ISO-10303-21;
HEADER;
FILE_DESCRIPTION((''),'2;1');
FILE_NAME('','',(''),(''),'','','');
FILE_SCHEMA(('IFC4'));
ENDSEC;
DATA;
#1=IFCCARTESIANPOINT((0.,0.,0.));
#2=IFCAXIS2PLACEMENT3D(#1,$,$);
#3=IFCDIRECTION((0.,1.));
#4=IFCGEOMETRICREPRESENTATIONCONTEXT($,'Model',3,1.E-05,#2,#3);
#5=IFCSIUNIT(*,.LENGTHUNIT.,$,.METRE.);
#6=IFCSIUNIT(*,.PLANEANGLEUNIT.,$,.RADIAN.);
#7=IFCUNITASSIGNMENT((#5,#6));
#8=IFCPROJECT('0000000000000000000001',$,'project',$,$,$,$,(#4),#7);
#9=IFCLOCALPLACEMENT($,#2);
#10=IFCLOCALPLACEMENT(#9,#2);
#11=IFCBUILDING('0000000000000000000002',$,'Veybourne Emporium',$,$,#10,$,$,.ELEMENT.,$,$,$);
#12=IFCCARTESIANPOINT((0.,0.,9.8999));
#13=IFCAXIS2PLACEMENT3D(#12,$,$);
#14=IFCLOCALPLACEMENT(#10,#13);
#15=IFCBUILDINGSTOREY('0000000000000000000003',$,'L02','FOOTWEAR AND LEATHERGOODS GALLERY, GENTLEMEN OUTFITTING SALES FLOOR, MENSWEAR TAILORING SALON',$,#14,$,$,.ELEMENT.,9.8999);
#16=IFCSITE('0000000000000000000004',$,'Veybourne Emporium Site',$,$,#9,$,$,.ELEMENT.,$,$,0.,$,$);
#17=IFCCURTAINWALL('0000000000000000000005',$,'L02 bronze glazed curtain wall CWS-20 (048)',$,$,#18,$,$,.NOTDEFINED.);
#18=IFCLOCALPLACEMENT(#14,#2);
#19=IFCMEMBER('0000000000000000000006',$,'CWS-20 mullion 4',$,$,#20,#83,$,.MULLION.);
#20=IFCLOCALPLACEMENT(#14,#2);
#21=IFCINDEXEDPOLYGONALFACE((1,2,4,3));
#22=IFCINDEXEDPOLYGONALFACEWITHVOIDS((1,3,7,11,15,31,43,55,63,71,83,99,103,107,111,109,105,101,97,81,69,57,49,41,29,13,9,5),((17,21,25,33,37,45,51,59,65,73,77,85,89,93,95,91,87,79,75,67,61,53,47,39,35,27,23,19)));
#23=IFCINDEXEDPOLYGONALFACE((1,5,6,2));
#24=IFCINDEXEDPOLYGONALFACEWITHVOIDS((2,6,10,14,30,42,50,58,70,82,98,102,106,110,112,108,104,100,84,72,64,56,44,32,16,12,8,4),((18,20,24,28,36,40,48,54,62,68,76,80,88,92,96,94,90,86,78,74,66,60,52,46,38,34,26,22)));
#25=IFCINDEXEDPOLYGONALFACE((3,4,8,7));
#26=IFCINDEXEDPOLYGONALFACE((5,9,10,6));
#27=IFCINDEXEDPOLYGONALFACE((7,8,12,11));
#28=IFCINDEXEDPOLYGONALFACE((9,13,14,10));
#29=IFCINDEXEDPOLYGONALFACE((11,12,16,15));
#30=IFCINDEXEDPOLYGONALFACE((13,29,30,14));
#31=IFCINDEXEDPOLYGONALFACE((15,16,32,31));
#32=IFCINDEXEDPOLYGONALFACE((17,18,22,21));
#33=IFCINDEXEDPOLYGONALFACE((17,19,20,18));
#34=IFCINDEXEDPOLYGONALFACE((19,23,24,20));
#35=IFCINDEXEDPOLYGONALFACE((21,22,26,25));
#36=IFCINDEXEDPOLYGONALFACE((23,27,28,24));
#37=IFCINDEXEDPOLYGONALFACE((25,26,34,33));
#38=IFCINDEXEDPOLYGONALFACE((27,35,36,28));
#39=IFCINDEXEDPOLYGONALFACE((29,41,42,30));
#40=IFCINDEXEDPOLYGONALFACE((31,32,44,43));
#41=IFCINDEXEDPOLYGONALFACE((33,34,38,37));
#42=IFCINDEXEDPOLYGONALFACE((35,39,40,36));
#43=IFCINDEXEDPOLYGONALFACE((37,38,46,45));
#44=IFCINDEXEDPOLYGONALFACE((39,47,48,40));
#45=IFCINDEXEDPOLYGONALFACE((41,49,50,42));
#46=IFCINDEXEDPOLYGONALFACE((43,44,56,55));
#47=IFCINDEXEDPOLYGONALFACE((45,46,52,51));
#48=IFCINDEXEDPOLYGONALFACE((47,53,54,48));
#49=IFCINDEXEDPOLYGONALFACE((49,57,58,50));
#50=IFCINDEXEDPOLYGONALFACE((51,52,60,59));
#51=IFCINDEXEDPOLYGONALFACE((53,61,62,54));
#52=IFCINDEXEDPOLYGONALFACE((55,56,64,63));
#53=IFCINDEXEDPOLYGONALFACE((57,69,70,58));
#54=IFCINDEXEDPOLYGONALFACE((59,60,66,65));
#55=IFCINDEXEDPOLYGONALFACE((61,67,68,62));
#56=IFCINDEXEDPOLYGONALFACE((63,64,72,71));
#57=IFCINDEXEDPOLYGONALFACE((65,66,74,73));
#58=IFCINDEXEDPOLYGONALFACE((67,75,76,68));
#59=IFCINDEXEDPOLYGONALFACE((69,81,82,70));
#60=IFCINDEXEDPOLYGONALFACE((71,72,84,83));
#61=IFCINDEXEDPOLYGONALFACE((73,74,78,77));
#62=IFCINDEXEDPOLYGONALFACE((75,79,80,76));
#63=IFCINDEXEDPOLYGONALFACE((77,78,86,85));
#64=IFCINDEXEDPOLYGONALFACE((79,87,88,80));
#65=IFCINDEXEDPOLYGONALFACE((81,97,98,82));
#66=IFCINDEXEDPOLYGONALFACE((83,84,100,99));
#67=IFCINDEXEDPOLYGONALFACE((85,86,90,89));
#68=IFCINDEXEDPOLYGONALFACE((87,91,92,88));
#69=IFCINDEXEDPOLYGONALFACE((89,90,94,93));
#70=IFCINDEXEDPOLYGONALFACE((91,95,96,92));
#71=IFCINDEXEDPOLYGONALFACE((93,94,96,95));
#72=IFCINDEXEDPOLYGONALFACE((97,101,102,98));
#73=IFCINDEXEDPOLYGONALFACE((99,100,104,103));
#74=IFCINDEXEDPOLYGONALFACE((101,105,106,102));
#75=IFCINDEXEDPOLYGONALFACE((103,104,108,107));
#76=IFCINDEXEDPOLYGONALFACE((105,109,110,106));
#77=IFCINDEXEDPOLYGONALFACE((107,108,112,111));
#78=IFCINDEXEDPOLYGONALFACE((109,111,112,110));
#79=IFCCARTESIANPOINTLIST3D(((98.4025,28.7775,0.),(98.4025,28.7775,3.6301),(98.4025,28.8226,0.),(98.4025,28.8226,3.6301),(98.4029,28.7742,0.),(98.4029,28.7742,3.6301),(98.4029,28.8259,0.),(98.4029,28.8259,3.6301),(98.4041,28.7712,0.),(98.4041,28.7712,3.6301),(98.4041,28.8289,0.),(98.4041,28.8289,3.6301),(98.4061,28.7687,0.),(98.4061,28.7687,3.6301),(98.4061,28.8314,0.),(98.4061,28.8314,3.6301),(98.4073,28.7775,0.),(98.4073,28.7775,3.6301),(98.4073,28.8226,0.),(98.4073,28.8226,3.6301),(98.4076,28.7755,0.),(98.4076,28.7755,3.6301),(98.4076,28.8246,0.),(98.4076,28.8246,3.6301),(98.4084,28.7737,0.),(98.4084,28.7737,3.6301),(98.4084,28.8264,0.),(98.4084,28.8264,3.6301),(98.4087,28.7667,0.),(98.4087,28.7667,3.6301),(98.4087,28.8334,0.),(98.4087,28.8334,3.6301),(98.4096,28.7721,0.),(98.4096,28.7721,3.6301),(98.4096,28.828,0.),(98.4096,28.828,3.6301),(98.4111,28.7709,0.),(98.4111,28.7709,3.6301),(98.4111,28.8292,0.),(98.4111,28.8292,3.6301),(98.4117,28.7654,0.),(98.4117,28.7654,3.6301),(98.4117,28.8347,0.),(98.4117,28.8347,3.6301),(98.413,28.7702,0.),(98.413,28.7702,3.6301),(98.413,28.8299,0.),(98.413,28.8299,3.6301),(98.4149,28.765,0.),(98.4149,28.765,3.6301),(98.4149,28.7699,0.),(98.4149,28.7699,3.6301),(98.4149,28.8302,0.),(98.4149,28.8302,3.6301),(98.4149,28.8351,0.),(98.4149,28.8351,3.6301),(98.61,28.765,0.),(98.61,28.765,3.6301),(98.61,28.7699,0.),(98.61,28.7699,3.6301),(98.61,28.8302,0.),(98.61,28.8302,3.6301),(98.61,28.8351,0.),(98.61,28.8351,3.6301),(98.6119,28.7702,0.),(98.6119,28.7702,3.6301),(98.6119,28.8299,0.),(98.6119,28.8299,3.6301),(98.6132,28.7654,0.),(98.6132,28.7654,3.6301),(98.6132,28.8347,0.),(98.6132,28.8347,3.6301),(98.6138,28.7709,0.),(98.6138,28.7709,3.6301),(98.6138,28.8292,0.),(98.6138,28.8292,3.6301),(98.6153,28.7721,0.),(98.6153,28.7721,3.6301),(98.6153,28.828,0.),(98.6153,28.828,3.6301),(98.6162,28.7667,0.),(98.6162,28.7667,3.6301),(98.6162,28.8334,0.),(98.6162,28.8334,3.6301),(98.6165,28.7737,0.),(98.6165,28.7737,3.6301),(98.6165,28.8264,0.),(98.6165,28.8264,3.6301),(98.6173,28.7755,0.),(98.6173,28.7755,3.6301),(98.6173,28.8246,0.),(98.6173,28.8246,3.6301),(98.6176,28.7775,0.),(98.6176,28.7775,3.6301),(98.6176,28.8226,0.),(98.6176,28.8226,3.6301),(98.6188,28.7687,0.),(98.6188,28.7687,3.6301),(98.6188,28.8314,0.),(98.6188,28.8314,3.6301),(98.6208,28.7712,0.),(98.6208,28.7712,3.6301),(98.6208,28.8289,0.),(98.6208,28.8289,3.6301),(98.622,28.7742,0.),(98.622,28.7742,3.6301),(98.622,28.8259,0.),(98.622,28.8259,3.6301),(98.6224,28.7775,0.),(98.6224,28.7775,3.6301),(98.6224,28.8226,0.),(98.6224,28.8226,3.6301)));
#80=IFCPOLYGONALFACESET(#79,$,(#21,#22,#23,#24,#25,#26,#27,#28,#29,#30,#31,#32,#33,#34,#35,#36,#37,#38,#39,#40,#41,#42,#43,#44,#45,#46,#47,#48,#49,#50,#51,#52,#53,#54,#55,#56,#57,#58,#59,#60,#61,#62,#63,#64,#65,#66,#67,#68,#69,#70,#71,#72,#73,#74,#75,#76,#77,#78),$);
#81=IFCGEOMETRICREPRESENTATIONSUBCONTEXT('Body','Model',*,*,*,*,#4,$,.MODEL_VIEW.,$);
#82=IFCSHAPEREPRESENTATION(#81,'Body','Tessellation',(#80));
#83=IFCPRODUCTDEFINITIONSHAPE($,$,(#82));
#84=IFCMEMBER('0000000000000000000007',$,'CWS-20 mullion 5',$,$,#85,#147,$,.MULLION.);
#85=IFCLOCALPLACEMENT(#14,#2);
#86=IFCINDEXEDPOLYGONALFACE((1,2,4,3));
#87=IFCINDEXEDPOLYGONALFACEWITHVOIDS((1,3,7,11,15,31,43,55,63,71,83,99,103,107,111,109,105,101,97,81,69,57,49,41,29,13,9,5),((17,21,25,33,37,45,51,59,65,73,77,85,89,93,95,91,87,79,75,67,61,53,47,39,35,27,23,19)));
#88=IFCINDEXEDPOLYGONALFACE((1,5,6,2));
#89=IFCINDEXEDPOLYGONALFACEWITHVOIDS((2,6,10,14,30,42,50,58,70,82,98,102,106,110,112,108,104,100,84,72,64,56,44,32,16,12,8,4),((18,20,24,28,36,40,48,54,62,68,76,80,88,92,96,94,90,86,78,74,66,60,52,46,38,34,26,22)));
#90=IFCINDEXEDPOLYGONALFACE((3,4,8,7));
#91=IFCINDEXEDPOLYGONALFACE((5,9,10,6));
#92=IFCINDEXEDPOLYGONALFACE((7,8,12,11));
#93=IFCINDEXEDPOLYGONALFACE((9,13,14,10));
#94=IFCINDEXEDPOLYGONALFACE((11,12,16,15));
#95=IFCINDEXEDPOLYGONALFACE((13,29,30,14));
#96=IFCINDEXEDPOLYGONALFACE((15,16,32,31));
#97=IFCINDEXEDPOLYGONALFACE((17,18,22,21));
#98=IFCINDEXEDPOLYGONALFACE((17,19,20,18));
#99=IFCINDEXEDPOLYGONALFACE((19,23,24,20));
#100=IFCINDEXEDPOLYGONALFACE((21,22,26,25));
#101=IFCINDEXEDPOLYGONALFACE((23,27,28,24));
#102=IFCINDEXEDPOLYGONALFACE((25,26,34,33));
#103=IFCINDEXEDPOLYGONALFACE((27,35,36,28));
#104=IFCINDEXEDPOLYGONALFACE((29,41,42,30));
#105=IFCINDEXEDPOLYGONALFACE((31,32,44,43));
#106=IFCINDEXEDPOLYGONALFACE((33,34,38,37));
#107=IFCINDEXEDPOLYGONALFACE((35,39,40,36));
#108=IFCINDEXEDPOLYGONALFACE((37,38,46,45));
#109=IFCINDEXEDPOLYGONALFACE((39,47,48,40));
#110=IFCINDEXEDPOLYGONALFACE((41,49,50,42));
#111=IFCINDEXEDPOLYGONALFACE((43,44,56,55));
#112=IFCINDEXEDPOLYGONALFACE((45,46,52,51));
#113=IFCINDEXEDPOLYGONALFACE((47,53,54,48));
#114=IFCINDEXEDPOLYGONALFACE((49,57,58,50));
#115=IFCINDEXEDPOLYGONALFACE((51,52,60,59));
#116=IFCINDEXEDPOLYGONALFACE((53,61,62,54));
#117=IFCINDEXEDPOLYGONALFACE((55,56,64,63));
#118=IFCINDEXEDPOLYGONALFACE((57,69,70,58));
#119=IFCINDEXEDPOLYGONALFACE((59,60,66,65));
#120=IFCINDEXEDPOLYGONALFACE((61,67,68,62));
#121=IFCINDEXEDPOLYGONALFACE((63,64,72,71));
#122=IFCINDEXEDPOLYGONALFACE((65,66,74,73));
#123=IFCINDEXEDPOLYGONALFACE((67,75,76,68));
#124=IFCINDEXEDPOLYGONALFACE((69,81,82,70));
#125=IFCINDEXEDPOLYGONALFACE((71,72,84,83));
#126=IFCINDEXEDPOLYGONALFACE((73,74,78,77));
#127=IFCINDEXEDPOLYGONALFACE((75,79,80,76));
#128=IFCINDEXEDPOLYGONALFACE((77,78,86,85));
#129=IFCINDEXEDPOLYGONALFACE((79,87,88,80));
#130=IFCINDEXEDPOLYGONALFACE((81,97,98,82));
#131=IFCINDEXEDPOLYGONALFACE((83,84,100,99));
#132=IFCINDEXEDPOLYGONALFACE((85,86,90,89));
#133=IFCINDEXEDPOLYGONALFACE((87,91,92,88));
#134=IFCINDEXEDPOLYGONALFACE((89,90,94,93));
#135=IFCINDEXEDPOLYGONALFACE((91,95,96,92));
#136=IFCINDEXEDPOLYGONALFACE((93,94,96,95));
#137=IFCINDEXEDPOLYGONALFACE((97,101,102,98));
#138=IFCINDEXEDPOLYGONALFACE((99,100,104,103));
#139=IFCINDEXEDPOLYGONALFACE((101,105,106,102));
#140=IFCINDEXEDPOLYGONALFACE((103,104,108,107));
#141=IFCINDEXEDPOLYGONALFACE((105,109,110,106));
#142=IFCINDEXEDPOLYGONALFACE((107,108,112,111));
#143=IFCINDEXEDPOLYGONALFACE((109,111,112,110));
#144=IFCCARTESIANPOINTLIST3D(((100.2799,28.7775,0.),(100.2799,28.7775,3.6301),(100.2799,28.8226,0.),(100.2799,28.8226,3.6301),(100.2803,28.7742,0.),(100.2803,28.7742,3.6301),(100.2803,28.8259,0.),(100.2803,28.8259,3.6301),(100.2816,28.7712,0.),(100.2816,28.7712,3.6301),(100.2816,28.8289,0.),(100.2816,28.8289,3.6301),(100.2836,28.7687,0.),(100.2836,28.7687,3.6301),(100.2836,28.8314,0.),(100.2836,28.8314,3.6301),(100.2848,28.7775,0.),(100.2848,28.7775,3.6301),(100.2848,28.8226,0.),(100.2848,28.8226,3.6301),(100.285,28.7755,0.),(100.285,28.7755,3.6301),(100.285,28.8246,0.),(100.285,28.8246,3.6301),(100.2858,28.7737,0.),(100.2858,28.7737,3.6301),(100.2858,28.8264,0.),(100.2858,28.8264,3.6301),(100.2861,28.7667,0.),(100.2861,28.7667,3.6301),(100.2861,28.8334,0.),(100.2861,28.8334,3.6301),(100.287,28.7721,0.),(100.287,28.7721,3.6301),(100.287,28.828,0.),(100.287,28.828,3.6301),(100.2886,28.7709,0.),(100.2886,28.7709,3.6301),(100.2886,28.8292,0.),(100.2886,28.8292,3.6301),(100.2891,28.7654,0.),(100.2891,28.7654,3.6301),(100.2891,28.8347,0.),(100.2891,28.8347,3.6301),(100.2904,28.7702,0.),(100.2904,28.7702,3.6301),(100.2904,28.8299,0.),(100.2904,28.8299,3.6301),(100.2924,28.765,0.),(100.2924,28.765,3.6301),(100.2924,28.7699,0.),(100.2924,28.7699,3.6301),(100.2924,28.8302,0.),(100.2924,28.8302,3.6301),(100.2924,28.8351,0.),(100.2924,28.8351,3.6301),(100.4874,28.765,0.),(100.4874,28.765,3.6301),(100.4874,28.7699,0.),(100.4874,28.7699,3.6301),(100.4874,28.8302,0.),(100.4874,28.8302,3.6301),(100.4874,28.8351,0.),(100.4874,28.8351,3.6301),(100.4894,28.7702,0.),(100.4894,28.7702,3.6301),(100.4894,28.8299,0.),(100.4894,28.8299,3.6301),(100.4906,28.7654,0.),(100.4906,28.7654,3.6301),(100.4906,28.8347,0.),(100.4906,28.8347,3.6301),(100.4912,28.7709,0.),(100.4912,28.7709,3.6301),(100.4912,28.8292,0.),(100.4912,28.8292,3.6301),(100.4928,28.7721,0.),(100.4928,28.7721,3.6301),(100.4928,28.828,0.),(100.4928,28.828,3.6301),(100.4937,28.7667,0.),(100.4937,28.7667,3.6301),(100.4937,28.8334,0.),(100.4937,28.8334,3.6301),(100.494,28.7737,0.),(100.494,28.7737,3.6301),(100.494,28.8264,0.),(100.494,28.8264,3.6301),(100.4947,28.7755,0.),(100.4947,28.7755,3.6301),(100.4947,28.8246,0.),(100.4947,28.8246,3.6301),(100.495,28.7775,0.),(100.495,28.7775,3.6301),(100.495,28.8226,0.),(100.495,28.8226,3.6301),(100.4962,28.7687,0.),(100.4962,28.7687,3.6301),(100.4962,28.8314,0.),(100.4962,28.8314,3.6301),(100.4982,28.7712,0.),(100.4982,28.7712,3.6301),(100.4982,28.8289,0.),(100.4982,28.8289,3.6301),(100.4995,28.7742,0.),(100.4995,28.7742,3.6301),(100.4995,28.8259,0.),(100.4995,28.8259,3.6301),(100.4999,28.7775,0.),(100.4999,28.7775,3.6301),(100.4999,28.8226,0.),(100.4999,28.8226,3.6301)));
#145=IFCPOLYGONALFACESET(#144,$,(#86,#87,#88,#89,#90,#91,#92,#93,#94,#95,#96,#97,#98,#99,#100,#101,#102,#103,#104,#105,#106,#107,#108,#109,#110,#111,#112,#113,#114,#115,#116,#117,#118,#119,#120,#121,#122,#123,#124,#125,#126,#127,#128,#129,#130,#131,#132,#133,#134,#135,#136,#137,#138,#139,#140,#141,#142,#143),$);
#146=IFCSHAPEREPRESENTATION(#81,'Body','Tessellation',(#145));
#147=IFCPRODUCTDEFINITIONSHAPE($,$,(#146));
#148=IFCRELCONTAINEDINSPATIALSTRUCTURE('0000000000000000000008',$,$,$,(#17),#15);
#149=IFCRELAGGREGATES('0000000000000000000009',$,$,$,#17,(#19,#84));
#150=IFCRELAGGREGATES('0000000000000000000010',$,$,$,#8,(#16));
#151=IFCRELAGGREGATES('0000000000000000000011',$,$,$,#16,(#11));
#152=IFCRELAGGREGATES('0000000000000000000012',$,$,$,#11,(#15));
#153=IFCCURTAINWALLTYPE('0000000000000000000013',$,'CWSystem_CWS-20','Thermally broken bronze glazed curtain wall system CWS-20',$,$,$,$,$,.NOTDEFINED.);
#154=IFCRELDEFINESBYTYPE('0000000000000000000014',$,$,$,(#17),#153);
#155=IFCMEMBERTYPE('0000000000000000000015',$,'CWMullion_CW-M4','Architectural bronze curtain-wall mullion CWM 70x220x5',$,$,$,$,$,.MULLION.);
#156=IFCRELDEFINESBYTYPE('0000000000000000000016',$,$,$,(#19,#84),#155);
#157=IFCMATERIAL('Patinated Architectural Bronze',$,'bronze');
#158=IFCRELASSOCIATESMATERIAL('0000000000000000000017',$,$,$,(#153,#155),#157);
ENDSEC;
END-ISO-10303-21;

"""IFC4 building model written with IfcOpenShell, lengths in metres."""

from ifc_helpers import new_model, si_unit, direction, frame, origin, origin_2d, place, context, subcontext, project, spatial, hollow_rectangle, extrude, material, material_profile, profile_set, type_object, element, aggregate, save


model = new_model("IFC4")

# Units and contexts
model_context = context("Model", 3, precision=1e-05, world=origin(), true_north=direction((0.0, 1.0)))
body_context = subcontext(model_context, "Body", "Model", "MODEL_VIEW")
ifc_project = project(units=[si_unit("LENGTHUNIT", "METRE"), si_unit("PLANEANGLEUNIT", "RADIAN")], contexts=[model_context])

# Site, building, storey
site_placement = place(None, origin())
site = spatial("IfcSite", under=ifc_project, at=site_placement, Name="Veybourne Emporium Site", CompositionType="ELEMENT", RefElevation=0.0)
building_placement = place(site_placement, origin())
building = spatial("IfcBuilding", under=site, at=building_placement, Name="Veybourne Emporium", CompositionType="ELEMENT")
storey_placement = place(building_placement, frame((0.0, 0.0, 9.8999)))
storey = spatial("IfcBuildingStorey", under=building, at=storey_placement, Name="L02", Description="FOOTWEAR AND LEATHERGOODS GALLERY, GENTLEMEN OUTFITTING SALES FLOOR, MENSWEAR TAILORING SALON", CompositionType="ELEMENT", Elevation=9.8999)

# Curtain wall, members
ifc_material_1 = material(Name="Patinated Architectural Bronze", Category="bronze")
curtain_wall_type = type_object("IfcCurtainWallType", Name="CWSystem_CWS-20", Description="Thermally broken bronze glazed curtain wall system CWS-20", PredefinedType="NOTDEFINED", material=ifc_material_1)
curtain_wall_placement = place(storey_placement, origin())
curtain_wall = element("IfcCurtainWall", 1, at=curtain_wall_placement, inside=storey, type_object=curtain_wall_type, Name="L02 bronze glazed curtain wall CWS-20 (048)", PredefinedType="NOTDEFINED")
ifc_material_profile_1 = material_profile(ifc_material_1, hollow_rectangle(XDim=0.0701, YDim=0.22, WallThickness=0.0049, InnerFilletRadius=0.0076, OuterFilletRadius=0.0125, at=origin_2d()), Name="CWM 70x220x5")
ifc_profile_set_1 = profile_set([ifc_material_profile_1], Name="Patinated Architectural Bronze")
member_type_1 = type_object("IfcMemberType", Name="CWMullion_CW-M4", Description="Architectural bronze curtain-wall mullion CWM 70x220x5", PredefinedType="MULLION", material=ifc_profile_set_1)
member_1_placement = place(storey_placement, frame((98.5125, 28.8, 0.0), z_axis=(0.0, 0.0, 1.0), x_axis=(0.0, 1.0, 0.0)))
member_1 = element("IfcMember", 2, at=member_1_placement, type_object=member_type_1, Name="CWS-20 mullion 4", PredefinedType="MULLION", context=body_context, shape_type="SweptSolid", body=[
    extrude(hollow_rectangle(XDim=0.0701, YDim=0.22, WallThickness=0.0049, InnerFilletRadius=0.0076, OuterFilletRadius=0.0125, at=origin_2d()), origin(), (0.0, 0.0, 1.0), 3.6301),
])
member_2_placement = place(storey_placement, frame((100.3899, 28.8, 0.0), z_axis=(0.0, 0.0, 1.0), x_axis=(0.0, 1.0, 0.0)))
member_2 = element("IfcMember", 3, at=member_2_placement, type_object=member_type_1, Name="CWS-20 mullion 5", PredefinedType="MULLION", context=body_context, shape_type="SweptSolid", body=[
    extrude(hollow_rectangle(XDim=0.0701, YDim=0.22, WallThickness=0.0049, InnerFilletRadius=0.0076, OuterFilletRadius=0.0125, at=origin_2d()), origin(), (0.0, 0.0, 1.0), 3.6301),
])
aggregate(curtain_wall, [member_1, member_2])

save(model, "model.ifc")
